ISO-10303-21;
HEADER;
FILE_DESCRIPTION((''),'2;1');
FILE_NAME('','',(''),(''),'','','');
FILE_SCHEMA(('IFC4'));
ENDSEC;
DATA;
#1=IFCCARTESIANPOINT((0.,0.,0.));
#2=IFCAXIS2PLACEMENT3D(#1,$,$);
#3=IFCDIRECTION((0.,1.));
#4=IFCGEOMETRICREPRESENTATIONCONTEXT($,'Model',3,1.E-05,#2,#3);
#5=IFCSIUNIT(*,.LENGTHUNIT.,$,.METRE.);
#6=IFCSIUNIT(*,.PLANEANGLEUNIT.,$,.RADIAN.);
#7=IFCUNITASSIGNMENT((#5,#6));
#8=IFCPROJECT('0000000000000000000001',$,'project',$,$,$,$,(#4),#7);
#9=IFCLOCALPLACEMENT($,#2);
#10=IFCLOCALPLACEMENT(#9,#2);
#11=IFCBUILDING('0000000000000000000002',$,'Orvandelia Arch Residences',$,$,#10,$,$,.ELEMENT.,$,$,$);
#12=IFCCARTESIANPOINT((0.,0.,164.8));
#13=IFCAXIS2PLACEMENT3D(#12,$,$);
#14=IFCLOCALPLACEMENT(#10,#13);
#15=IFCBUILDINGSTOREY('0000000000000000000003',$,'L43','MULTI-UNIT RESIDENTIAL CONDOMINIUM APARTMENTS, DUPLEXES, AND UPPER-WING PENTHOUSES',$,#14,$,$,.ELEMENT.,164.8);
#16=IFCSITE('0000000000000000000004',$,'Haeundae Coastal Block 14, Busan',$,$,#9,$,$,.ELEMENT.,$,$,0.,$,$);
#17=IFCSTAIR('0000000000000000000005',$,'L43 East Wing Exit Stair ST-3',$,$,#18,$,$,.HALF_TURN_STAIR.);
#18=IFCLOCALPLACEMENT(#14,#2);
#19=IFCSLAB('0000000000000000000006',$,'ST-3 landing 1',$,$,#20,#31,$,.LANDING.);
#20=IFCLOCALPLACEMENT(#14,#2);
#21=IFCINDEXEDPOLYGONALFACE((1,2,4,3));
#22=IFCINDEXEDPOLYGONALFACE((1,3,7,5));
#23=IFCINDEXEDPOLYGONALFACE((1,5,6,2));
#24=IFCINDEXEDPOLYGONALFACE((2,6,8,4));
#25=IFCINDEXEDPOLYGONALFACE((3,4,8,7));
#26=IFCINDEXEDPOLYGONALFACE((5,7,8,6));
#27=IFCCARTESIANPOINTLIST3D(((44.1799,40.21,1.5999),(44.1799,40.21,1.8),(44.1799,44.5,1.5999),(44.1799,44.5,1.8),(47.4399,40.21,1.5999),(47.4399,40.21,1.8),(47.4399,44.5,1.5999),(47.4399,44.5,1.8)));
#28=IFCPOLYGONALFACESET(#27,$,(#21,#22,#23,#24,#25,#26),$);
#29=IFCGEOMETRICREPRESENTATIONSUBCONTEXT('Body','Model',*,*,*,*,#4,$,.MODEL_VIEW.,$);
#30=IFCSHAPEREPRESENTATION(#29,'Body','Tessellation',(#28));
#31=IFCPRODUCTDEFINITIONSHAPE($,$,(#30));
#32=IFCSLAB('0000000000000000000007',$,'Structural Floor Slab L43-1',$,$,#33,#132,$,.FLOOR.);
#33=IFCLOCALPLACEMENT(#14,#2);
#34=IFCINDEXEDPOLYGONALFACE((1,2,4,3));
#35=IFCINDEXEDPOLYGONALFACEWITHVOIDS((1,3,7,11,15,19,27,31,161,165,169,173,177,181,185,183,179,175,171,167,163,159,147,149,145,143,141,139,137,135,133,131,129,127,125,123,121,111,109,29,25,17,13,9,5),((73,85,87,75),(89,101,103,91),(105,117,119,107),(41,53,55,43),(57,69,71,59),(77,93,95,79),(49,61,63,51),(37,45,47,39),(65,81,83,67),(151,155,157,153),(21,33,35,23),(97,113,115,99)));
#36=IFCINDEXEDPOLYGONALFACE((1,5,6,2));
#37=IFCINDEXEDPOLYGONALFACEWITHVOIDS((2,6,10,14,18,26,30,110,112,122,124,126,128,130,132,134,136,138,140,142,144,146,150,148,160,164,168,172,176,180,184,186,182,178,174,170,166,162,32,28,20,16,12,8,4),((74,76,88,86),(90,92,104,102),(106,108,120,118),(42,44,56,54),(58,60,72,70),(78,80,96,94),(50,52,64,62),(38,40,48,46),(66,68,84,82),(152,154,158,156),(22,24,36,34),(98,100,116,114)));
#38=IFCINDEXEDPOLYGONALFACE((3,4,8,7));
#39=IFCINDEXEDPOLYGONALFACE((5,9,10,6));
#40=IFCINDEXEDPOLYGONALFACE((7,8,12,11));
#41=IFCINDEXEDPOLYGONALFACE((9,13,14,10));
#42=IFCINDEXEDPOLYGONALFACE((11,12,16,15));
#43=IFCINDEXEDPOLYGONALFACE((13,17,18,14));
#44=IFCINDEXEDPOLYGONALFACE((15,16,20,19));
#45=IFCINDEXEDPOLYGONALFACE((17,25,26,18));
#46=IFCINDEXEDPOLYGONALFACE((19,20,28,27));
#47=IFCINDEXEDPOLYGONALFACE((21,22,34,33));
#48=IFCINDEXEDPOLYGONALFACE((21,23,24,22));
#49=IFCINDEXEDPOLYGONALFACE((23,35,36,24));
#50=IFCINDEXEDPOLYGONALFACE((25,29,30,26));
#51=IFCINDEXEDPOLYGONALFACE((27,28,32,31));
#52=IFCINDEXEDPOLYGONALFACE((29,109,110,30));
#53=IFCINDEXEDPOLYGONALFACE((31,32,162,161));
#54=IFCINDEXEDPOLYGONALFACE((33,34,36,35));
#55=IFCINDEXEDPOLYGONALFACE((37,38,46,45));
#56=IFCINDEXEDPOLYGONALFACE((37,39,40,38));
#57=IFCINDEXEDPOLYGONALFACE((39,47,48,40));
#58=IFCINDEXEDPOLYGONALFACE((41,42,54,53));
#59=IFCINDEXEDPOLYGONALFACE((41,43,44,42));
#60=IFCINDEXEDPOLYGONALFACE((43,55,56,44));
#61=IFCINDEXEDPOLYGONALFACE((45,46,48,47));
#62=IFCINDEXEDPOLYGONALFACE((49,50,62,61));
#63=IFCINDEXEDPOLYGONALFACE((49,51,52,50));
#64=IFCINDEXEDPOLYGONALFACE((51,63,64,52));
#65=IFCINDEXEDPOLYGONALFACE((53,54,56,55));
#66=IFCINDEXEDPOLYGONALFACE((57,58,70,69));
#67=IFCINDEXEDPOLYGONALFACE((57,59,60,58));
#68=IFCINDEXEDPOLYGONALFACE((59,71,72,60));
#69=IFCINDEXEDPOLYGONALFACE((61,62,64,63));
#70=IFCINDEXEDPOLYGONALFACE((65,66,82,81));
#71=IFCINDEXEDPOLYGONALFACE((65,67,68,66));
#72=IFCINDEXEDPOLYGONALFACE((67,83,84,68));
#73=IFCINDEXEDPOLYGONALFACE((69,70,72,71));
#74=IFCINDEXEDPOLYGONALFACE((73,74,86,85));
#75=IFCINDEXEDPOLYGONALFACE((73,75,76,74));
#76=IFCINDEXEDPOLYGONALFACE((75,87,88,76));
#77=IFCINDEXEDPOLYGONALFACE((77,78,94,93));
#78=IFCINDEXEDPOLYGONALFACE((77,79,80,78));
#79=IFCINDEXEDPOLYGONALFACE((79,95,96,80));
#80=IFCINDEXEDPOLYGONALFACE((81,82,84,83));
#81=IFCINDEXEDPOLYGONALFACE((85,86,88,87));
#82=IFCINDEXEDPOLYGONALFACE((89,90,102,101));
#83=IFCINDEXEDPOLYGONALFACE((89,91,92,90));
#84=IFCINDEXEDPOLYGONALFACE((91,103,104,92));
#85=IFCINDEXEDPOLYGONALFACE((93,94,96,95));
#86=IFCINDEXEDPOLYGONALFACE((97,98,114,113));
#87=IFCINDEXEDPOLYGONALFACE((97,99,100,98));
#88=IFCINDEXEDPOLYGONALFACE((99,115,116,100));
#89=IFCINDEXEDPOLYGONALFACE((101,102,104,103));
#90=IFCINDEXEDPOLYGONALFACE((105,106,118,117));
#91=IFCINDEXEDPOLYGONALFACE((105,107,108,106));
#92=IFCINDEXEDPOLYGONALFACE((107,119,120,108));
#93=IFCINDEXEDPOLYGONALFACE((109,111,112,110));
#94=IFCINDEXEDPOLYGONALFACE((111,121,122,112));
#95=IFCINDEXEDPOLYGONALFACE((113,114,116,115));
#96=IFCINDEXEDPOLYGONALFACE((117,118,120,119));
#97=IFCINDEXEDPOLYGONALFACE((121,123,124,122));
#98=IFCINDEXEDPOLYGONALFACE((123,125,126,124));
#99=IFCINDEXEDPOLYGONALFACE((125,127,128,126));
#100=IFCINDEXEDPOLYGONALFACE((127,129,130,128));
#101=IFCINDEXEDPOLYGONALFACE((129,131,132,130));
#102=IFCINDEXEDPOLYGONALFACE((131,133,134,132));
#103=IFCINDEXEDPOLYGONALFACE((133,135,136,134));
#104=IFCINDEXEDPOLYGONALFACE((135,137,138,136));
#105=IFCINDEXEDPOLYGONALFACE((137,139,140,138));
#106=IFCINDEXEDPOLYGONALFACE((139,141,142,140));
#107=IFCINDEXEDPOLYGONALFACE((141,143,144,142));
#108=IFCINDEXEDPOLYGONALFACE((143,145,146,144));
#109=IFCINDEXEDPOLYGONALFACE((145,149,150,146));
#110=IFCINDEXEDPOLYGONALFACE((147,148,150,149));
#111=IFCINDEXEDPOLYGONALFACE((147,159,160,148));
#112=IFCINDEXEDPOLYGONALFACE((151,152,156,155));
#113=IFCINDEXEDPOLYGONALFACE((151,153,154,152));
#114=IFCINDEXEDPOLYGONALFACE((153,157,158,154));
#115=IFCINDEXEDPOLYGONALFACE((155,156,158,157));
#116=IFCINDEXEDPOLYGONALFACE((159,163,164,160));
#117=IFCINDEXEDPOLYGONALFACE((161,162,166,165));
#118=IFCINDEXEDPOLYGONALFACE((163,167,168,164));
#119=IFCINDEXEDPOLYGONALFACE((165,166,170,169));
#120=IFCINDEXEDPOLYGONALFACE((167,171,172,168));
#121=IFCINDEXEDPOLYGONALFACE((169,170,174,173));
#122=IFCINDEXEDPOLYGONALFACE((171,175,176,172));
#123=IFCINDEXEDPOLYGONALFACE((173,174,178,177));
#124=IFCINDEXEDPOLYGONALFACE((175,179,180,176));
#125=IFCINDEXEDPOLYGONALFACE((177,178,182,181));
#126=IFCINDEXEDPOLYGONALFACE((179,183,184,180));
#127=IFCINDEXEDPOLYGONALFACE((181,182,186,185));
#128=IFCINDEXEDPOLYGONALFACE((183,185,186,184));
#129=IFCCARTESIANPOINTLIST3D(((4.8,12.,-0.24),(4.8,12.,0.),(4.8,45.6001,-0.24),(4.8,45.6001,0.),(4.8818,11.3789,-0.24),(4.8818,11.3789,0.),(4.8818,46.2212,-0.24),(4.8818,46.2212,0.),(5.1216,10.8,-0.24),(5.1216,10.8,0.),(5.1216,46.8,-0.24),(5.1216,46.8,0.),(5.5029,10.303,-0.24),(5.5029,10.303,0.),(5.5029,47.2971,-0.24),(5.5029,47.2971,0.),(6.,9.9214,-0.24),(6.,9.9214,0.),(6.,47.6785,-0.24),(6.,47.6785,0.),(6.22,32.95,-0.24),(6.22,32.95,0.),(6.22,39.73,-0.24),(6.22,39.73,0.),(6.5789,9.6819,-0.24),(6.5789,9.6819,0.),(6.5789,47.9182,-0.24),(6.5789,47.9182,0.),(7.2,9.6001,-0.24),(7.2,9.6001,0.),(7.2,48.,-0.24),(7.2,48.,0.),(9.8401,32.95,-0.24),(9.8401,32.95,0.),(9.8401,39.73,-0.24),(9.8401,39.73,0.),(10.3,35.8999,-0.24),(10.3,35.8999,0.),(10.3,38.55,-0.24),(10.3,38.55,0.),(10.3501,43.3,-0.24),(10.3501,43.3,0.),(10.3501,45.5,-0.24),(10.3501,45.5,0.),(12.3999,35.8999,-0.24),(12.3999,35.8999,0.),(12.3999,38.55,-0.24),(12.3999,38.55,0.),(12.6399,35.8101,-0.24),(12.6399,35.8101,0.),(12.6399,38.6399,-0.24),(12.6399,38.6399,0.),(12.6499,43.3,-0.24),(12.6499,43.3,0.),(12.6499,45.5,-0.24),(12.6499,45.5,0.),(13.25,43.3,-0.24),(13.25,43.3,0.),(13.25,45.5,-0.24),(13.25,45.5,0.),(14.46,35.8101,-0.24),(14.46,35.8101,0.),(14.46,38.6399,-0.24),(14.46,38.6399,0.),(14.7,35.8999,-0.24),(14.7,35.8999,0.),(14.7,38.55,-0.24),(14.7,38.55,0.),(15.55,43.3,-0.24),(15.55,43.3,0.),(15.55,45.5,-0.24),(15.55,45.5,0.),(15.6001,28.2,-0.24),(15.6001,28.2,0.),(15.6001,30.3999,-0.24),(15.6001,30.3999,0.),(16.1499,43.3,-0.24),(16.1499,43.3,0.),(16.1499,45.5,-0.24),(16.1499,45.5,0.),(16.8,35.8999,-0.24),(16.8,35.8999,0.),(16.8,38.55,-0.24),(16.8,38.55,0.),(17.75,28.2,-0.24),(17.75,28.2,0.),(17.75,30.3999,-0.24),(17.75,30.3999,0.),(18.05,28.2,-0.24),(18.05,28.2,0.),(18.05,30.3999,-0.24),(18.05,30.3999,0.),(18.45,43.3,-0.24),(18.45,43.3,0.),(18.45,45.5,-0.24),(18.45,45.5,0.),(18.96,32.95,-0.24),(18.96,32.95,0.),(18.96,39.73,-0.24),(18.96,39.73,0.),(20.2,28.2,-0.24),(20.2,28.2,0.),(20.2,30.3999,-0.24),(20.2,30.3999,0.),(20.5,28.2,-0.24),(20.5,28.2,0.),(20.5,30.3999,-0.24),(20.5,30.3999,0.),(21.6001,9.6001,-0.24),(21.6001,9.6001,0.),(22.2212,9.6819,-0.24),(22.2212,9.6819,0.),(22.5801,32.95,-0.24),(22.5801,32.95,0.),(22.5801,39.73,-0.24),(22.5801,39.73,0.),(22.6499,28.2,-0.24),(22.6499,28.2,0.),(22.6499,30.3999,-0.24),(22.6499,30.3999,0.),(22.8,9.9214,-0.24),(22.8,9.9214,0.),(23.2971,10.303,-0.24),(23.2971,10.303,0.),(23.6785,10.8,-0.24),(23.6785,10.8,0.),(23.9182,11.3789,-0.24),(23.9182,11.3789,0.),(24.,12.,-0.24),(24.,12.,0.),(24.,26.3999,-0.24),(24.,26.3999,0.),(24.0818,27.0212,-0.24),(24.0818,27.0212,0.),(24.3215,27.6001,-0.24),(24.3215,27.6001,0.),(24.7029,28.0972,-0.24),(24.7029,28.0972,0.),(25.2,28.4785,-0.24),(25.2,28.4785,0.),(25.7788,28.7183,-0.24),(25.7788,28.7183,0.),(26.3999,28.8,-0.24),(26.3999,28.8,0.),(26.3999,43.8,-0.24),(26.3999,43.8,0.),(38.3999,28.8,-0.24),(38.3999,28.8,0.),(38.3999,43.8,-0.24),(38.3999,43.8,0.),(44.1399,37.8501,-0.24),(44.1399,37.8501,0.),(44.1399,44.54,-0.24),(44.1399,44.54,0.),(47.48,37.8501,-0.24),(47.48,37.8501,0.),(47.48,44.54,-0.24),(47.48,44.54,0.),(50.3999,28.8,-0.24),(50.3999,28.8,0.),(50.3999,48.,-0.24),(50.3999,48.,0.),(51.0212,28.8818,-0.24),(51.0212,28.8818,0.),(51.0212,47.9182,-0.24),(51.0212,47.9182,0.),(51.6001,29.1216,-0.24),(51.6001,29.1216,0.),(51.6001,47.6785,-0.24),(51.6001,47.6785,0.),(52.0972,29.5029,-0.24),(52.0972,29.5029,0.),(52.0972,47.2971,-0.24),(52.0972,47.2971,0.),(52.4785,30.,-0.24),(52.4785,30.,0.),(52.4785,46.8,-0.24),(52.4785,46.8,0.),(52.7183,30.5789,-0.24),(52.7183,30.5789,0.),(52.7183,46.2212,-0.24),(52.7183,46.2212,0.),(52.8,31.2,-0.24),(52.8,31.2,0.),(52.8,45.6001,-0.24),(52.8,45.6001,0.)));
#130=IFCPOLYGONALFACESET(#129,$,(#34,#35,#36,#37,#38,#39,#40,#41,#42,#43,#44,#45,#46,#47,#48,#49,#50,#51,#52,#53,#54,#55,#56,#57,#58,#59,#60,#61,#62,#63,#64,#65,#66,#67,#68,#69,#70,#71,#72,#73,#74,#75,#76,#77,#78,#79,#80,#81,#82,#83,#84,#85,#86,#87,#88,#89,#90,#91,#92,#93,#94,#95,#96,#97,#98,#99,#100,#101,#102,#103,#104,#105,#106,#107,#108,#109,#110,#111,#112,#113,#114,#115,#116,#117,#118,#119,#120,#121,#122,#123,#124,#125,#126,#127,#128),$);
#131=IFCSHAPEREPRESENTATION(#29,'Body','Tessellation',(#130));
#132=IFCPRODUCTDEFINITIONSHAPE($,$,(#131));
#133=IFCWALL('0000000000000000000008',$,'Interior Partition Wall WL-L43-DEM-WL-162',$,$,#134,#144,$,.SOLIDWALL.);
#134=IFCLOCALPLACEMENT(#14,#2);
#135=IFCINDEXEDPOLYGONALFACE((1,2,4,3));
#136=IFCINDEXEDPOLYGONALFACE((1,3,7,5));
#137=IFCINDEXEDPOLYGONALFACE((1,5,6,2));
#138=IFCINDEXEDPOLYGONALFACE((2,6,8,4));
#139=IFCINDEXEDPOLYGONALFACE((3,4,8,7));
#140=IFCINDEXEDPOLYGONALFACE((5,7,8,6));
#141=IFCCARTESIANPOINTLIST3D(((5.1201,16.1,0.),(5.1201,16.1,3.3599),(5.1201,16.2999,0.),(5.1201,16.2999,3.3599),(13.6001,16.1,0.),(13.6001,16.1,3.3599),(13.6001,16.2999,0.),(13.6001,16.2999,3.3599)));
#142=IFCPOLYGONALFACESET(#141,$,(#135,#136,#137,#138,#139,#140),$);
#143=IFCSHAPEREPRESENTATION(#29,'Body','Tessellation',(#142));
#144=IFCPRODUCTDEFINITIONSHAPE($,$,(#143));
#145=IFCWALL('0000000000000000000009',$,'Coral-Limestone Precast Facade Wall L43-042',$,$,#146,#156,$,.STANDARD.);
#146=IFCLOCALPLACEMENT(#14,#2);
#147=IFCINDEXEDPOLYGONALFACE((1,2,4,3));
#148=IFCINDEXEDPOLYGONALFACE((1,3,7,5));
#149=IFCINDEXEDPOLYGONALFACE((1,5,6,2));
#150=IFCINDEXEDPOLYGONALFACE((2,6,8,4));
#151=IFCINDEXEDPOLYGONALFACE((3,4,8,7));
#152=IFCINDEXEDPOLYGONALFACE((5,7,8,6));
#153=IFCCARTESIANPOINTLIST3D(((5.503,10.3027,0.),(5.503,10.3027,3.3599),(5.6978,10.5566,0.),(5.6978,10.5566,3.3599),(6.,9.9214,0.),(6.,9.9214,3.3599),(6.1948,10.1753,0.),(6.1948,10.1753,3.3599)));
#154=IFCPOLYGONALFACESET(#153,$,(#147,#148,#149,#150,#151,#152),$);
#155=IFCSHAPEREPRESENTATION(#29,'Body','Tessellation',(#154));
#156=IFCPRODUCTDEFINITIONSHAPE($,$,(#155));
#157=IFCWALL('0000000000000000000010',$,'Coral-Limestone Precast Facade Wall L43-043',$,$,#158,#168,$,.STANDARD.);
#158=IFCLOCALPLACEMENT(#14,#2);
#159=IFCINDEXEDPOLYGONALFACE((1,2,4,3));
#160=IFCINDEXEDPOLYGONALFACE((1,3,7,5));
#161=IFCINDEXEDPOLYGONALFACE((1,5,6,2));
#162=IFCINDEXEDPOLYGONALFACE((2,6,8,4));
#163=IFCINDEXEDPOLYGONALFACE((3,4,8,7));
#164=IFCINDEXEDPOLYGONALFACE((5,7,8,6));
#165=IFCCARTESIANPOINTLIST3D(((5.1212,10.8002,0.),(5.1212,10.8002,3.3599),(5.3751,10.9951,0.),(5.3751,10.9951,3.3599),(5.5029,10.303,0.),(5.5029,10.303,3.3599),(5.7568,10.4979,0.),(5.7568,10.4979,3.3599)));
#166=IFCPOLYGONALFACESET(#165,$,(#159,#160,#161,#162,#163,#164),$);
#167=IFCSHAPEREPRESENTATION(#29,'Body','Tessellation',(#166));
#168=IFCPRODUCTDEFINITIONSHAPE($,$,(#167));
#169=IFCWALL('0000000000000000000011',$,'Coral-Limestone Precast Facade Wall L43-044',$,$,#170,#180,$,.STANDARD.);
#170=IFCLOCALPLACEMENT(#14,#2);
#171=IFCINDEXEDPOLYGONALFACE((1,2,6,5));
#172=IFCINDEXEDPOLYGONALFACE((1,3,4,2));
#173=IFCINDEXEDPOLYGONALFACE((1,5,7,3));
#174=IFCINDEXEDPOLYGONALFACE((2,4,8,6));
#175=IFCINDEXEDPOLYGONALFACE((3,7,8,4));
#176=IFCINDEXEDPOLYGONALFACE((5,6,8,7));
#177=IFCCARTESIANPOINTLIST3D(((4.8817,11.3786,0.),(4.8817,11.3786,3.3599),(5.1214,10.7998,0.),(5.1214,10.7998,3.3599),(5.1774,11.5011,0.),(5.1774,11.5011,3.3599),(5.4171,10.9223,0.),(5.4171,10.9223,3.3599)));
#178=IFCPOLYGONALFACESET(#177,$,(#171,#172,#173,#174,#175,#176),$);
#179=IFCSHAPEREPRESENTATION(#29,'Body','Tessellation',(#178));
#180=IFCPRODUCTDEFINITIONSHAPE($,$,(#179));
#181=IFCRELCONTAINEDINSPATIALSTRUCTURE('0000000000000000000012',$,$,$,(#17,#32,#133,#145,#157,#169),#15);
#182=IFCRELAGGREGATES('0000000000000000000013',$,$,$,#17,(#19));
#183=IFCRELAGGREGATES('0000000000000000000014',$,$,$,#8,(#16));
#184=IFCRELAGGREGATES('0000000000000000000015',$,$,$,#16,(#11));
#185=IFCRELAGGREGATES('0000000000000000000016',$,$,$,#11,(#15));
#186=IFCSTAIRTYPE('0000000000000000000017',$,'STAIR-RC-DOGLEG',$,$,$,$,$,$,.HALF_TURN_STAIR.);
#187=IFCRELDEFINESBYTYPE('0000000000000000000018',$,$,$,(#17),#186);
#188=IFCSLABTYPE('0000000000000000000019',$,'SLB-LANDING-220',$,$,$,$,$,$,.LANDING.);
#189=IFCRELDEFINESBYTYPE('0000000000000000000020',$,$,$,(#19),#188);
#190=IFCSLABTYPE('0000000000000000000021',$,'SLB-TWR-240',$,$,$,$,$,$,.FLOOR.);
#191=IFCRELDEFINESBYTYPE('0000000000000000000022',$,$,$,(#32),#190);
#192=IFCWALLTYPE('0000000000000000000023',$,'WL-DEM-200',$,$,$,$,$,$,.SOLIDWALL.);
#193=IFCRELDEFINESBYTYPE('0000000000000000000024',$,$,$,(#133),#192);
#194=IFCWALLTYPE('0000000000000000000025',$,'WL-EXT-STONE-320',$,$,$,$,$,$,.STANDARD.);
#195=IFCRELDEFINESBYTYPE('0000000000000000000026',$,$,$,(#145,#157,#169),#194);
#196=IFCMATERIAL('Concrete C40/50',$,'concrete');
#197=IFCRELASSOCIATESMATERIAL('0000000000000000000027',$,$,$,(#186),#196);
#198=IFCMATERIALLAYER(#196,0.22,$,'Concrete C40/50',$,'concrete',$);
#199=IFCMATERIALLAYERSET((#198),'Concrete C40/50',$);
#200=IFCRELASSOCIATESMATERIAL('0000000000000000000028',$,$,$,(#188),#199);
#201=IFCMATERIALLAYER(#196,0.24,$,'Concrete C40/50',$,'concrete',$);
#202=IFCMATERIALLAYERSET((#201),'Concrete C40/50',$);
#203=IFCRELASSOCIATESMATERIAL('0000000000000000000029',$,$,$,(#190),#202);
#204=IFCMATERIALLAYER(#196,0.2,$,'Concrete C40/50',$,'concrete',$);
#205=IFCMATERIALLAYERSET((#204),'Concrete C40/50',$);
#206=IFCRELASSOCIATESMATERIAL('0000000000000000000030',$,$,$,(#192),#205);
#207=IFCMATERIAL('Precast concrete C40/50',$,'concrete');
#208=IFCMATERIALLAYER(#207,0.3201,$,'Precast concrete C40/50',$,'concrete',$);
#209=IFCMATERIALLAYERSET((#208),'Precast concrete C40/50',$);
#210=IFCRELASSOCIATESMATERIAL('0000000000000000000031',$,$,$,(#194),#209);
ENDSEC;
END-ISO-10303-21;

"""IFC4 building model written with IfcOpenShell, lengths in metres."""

from ifc_helpers import new_model, si_unit, direction, frame, frame_2d, origin, place, context, subcontext, project, spatial, polyline, rectangle, outline, extrude, material, layer, layer_set, type_object, element, aggregate, save


model = new_model("IFC4")

# Units and contexts
model_context = context("Model", 3, precision=1e-05, world=origin(), true_north=direction((0.0, 1.0)))
body_context = subcontext(model_context, "Body", "Model", "MODEL_VIEW")
ifc_project = project(units=[si_unit("LENGTHUNIT", "METRE"), si_unit("PLANEANGLEUNIT", "RADIAN")], contexts=[model_context])

# Site, building, storey
site_placement = place(None, origin())
site = spatial("IfcSite", under=ifc_project, at=site_placement, Name="Haeundae Coastal Block 14, Busan", CompositionType="ELEMENT", RefElevation=0.0)
building_placement = place(site_placement, origin())
building = spatial("IfcBuilding", under=site, at=building_placement, Name="Orvandelia Arch Residences", CompositionType="ELEMENT")
storey_placement = place(building_placement, frame((0.0, 0.0, 164.8)))
storey = spatial("IfcBuildingStorey", under=building, at=storey_placement, Name="L43", Description="MULTI-UNIT RESIDENTIAL CONDOMINIUM APARTMENTS, DUPLEXES, AND UPPER-WING PENTHOUSES", CompositionType="ELEMENT", Elevation=164.8)

# Shared definitions
ifc_material_1 = material(Name="Precast concrete C40/50", Category="concrete")

# Stair, slab
ifc_material_2 = material(Name="Concrete C40/50", Category="concrete")
stair_type = type_object("IfcStairType", Name="STAIR-RC-DOGLEG", PredefinedType="HALF_TURN_STAIR", material=ifc_material_2)
ifc_layer_1 = layer(ifc_material_2, 0.22, Name="Concrete C40/50", Category="concrete")
ifc_layer_set_1 = layer_set([ifc_layer_1], Name="Concrete C40/50")
slab_type_1 = type_object("IfcSlabType", Name="SLB-LANDING-220", PredefinedType="LANDING", material=ifc_layer_set_1)
stair_1_placement = place(storey_placement, origin())
stair_1 = element("IfcStair", 1, at=stair_1_placement, inside=storey, type_object=stair_type, Name="L43 East Wing Exit Stair ST-3", PredefinedType="HALF_TURN_STAIR")
slab_1_placement = place(storey_placement, frame((0.0, 0.0, 1.5999)))
slab_1 = element("IfcSlab", 2, at=slab_1_placement, type_object=slab_type_1, Name="ST-3 landing 1", PredefinedType="LANDING", context=body_context, shape_type="SweptSolid", body=[
    extrude(outline(polyline([(47.4399, 40.21), (47.4399, 44.5), (44.1799, 44.5), (44.1799, 40.21), (47.4399, 40.21)])), origin(), (0.0, 0.0, 1.0), 0.2002),
])
aggregate(stair_1, [slab_1])

# Slab
ifc_layer_2 = layer(ifc_material_2, 0.24, Name="Concrete C40/50", Category="concrete")
ifc_layer_set_2 = layer_set([ifc_layer_2], Name="Concrete C40/50")
slab_type_2 = type_object("IfcSlabType", Name="SLB-TWR-240", PredefinedType="FLOOR", material=ifc_layer_set_2)
slab_2_placement = place(storey_placement, frame((0.0, 0.0, -0.24)))
element("IfcSlab", 3, at=slab_2_placement, inside=storey, type_object=slab_type_2, Name="Structural Floor Slab L43-1", PredefinedType="FLOOR", context=body_context, shape_type="SweptSolid", body=[
    extrude(outline(polyline([(4.8, 12.0), (4.8818, 11.3789), (5.1216, 10.8), (5.5029, 10.303), (6.0, 9.9214), (6.5789, 9.6819), (7.2, 9.6001), (21.6001, 9.6001), (22.2212, 9.6819), (22.8, 9.9214), (23.2971, 10.303), (23.6785, 10.8), (23.9182, 11.3789), (24.0, 12.0), (24.0, 26.3999), (24.0818, 27.0212), (24.3215, 27.6001), (24.7029, 28.0972), (25.2, 28.4785), (25.7788, 28.7183), (26.3999, 28.8), (26.3999, 43.8), (38.3999, 43.8), (38.3999, 28.8), (50.3999, 28.8), (51.0212, 28.8818), (51.6001, 29.1216), (52.0972, 29.5029), (52.4785, 30.0), (52.7183, 30.5789), (52.8, 31.2), (52.8, 45.6001), (52.7183, 46.2212), (52.4785, 46.8), (52.0972, 47.2971), (51.6001, 47.6785), (51.0212, 47.9182), (50.3999, 48.0), (7.2, 48.0), (6.5789, 47.9182), (6.0, 47.6785), (5.5029, 47.2971), (5.1216, 46.8), (4.8818, 46.2212), (4.8, 45.6001), (4.8, 12.0)]), holes=[polyline([(6.22, 32.95), (9.8401, 32.95), (9.8401, 39.73), (6.22, 39.73), (6.22, 32.95)]), polyline([(18.96, 32.95), (22.5801, 32.95), (22.5801, 39.73), (18.96, 39.73), (18.96, 32.95)]), polyline([(44.1399, 37.8501), (47.48, 37.8501), (47.48, 44.54), (44.1399, 44.54), (44.1399, 37.8501)]), polyline([(12.6399, 35.8101), (14.46, 35.8101), (14.46, 38.6399), (12.6399, 38.6399), (12.6399, 35.8101)]), polyline([(10.3, 35.8999), (12.3999, 35.8999), (12.3999, 38.55), (10.3, 38.55), (10.3, 35.8999)]), polyline([(14.7, 35.8999), (16.8, 35.8999), (16.8, 38.55), (14.7, 38.55), (14.7, 35.8999)]), polyline([(10.3501, 43.3), (12.6499, 43.3), (12.6499, 45.5), (10.3501, 45.5), (10.3501, 43.3)]), polyline([(13.25, 43.3), (15.55, 43.3), (15.55, 45.5), (13.25, 45.5), (13.25, 43.3)]), polyline([(16.1499, 43.3), (18.45, 43.3), (18.45, 45.5), (16.1499, 45.5), (16.1499, 43.3)]), polyline([(15.6001, 28.2), (17.75, 28.2), (17.75, 30.3999), (15.6001, 30.3999), (15.6001, 28.2)]), polyline([(18.05, 28.2), (20.2, 28.2), (20.2, 30.3999), (18.05, 30.3999), (18.05, 28.2)]), polyline([(20.5, 28.2), (22.6499, 28.2), (22.6499, 30.3999), (20.5, 30.3999), (20.5, 28.2)])]), origin(), (0.0, 0.0, 1.0), 0.24),
])

# Walls
ifc_layer_3 = layer(ifc_material_2, 0.2, Name="Concrete C40/50", Category="concrete")
ifc_layer_set_3 = layer_set([ifc_layer_3], Name="Concrete C40/50")
wall_type_1 = type_object("IfcWallType", Name="WL-DEM-200", PredefinedType="SOLIDWALL", material=ifc_layer_set_3)
wall_1_placement = place(storey_placement, frame((5.1201, 16.2, 0.0), z_axis=(0.0, 0.0, 1.0), x_axis=(1.0, 0.0, 0.0)))
element("IfcWall", 4, at=wall_1_placement, inside=storey, type_object=wall_type_1, Name="Interior Partition Wall WL-L43-DEM-WL-162", PredefinedType="SOLIDWALL", context=body_context, shape_type="SweptSolid", body=[
    extrude(rectangle(XDim=8.48, YDim=0.2, at=frame_2d((4.24, 0.0))), origin(), (0.0, 0.0, 1.0), 3.3599),
])
ifc_layer_4 = layer(ifc_material_1, 0.3201, Name="Precast concrete C40/50", Category="concrete")
ifc_layer_set_4 = layer_set([ifc_layer_4], Name="Precast concrete C40/50")
wall_type_2 = type_object("IfcWallType", Name="WL-EXT-STONE-320", PredefinedType="STANDARD", material=ifc_layer_set_4)
wall_2_placement = place(storey_placement, frame((6.0974, 10.0483, 0.0), z_axis=(0.0, 0.0, 1.0), x_axis=(-0.793406, 0.608693, 0.0)))
element("IfcWall", 5, at=wall_2_placement, inside=storey, type_object=wall_type_2, Name="Coral-Limestone Precast Facade Wall L43-042", PredefinedType="STANDARD", context=body_context, shape_type="SweptSolid", body=[
    extrude(rectangle(XDim=0.6265, YDim=0.3201, at=frame_2d((0.3132, 0.0))), origin(), (0.0, 0.0, 1.0), 3.3599),
])
wall_3_placement = place(storey_placement, frame((5.6299, 10.4004, 0.0), z_axis=(0.0, 0.0, 1.0), x_axis=(-0.608939, 0.793217, 0.0)))
element("IfcWall", 6, at=wall_3_placement, inside=storey, type_object=wall_type_2, Name="Coral-Limestone Precast Facade Wall L43-043", PredefinedType="STANDARD", context=body_context, shape_type="SweptSolid", body=[
    extrude(rectangle(XDim=0.6267, YDim=0.3201, at=frame_2d((0.3135, 0.0))), origin(), (0.0, 0.0, 1.0), 3.3599),
])
wall_4_placement = place(storey_placement, frame((5.2693, 10.8611, 0.0), z_axis=(0.0, 0.0, 1.0), x_axis=(-0.38265, 0.923893, 0.0)))
element("IfcWall", 7, at=wall_4_placement, inside=storey, type_object=wall_type_2, Name="Coral-Limestone Precast Facade Wall L43-044", PredefinedType="STANDARD", context=body_context, shape_type="SweptSolid", body=[
    extrude(rectangle(XDim=0.6265, YDim=0.3201, at=frame_2d((0.3132, 0.0))), origin(), (0.0, 0.0, 1.0), 3.3599),
])

save(model, "model.ifc")
